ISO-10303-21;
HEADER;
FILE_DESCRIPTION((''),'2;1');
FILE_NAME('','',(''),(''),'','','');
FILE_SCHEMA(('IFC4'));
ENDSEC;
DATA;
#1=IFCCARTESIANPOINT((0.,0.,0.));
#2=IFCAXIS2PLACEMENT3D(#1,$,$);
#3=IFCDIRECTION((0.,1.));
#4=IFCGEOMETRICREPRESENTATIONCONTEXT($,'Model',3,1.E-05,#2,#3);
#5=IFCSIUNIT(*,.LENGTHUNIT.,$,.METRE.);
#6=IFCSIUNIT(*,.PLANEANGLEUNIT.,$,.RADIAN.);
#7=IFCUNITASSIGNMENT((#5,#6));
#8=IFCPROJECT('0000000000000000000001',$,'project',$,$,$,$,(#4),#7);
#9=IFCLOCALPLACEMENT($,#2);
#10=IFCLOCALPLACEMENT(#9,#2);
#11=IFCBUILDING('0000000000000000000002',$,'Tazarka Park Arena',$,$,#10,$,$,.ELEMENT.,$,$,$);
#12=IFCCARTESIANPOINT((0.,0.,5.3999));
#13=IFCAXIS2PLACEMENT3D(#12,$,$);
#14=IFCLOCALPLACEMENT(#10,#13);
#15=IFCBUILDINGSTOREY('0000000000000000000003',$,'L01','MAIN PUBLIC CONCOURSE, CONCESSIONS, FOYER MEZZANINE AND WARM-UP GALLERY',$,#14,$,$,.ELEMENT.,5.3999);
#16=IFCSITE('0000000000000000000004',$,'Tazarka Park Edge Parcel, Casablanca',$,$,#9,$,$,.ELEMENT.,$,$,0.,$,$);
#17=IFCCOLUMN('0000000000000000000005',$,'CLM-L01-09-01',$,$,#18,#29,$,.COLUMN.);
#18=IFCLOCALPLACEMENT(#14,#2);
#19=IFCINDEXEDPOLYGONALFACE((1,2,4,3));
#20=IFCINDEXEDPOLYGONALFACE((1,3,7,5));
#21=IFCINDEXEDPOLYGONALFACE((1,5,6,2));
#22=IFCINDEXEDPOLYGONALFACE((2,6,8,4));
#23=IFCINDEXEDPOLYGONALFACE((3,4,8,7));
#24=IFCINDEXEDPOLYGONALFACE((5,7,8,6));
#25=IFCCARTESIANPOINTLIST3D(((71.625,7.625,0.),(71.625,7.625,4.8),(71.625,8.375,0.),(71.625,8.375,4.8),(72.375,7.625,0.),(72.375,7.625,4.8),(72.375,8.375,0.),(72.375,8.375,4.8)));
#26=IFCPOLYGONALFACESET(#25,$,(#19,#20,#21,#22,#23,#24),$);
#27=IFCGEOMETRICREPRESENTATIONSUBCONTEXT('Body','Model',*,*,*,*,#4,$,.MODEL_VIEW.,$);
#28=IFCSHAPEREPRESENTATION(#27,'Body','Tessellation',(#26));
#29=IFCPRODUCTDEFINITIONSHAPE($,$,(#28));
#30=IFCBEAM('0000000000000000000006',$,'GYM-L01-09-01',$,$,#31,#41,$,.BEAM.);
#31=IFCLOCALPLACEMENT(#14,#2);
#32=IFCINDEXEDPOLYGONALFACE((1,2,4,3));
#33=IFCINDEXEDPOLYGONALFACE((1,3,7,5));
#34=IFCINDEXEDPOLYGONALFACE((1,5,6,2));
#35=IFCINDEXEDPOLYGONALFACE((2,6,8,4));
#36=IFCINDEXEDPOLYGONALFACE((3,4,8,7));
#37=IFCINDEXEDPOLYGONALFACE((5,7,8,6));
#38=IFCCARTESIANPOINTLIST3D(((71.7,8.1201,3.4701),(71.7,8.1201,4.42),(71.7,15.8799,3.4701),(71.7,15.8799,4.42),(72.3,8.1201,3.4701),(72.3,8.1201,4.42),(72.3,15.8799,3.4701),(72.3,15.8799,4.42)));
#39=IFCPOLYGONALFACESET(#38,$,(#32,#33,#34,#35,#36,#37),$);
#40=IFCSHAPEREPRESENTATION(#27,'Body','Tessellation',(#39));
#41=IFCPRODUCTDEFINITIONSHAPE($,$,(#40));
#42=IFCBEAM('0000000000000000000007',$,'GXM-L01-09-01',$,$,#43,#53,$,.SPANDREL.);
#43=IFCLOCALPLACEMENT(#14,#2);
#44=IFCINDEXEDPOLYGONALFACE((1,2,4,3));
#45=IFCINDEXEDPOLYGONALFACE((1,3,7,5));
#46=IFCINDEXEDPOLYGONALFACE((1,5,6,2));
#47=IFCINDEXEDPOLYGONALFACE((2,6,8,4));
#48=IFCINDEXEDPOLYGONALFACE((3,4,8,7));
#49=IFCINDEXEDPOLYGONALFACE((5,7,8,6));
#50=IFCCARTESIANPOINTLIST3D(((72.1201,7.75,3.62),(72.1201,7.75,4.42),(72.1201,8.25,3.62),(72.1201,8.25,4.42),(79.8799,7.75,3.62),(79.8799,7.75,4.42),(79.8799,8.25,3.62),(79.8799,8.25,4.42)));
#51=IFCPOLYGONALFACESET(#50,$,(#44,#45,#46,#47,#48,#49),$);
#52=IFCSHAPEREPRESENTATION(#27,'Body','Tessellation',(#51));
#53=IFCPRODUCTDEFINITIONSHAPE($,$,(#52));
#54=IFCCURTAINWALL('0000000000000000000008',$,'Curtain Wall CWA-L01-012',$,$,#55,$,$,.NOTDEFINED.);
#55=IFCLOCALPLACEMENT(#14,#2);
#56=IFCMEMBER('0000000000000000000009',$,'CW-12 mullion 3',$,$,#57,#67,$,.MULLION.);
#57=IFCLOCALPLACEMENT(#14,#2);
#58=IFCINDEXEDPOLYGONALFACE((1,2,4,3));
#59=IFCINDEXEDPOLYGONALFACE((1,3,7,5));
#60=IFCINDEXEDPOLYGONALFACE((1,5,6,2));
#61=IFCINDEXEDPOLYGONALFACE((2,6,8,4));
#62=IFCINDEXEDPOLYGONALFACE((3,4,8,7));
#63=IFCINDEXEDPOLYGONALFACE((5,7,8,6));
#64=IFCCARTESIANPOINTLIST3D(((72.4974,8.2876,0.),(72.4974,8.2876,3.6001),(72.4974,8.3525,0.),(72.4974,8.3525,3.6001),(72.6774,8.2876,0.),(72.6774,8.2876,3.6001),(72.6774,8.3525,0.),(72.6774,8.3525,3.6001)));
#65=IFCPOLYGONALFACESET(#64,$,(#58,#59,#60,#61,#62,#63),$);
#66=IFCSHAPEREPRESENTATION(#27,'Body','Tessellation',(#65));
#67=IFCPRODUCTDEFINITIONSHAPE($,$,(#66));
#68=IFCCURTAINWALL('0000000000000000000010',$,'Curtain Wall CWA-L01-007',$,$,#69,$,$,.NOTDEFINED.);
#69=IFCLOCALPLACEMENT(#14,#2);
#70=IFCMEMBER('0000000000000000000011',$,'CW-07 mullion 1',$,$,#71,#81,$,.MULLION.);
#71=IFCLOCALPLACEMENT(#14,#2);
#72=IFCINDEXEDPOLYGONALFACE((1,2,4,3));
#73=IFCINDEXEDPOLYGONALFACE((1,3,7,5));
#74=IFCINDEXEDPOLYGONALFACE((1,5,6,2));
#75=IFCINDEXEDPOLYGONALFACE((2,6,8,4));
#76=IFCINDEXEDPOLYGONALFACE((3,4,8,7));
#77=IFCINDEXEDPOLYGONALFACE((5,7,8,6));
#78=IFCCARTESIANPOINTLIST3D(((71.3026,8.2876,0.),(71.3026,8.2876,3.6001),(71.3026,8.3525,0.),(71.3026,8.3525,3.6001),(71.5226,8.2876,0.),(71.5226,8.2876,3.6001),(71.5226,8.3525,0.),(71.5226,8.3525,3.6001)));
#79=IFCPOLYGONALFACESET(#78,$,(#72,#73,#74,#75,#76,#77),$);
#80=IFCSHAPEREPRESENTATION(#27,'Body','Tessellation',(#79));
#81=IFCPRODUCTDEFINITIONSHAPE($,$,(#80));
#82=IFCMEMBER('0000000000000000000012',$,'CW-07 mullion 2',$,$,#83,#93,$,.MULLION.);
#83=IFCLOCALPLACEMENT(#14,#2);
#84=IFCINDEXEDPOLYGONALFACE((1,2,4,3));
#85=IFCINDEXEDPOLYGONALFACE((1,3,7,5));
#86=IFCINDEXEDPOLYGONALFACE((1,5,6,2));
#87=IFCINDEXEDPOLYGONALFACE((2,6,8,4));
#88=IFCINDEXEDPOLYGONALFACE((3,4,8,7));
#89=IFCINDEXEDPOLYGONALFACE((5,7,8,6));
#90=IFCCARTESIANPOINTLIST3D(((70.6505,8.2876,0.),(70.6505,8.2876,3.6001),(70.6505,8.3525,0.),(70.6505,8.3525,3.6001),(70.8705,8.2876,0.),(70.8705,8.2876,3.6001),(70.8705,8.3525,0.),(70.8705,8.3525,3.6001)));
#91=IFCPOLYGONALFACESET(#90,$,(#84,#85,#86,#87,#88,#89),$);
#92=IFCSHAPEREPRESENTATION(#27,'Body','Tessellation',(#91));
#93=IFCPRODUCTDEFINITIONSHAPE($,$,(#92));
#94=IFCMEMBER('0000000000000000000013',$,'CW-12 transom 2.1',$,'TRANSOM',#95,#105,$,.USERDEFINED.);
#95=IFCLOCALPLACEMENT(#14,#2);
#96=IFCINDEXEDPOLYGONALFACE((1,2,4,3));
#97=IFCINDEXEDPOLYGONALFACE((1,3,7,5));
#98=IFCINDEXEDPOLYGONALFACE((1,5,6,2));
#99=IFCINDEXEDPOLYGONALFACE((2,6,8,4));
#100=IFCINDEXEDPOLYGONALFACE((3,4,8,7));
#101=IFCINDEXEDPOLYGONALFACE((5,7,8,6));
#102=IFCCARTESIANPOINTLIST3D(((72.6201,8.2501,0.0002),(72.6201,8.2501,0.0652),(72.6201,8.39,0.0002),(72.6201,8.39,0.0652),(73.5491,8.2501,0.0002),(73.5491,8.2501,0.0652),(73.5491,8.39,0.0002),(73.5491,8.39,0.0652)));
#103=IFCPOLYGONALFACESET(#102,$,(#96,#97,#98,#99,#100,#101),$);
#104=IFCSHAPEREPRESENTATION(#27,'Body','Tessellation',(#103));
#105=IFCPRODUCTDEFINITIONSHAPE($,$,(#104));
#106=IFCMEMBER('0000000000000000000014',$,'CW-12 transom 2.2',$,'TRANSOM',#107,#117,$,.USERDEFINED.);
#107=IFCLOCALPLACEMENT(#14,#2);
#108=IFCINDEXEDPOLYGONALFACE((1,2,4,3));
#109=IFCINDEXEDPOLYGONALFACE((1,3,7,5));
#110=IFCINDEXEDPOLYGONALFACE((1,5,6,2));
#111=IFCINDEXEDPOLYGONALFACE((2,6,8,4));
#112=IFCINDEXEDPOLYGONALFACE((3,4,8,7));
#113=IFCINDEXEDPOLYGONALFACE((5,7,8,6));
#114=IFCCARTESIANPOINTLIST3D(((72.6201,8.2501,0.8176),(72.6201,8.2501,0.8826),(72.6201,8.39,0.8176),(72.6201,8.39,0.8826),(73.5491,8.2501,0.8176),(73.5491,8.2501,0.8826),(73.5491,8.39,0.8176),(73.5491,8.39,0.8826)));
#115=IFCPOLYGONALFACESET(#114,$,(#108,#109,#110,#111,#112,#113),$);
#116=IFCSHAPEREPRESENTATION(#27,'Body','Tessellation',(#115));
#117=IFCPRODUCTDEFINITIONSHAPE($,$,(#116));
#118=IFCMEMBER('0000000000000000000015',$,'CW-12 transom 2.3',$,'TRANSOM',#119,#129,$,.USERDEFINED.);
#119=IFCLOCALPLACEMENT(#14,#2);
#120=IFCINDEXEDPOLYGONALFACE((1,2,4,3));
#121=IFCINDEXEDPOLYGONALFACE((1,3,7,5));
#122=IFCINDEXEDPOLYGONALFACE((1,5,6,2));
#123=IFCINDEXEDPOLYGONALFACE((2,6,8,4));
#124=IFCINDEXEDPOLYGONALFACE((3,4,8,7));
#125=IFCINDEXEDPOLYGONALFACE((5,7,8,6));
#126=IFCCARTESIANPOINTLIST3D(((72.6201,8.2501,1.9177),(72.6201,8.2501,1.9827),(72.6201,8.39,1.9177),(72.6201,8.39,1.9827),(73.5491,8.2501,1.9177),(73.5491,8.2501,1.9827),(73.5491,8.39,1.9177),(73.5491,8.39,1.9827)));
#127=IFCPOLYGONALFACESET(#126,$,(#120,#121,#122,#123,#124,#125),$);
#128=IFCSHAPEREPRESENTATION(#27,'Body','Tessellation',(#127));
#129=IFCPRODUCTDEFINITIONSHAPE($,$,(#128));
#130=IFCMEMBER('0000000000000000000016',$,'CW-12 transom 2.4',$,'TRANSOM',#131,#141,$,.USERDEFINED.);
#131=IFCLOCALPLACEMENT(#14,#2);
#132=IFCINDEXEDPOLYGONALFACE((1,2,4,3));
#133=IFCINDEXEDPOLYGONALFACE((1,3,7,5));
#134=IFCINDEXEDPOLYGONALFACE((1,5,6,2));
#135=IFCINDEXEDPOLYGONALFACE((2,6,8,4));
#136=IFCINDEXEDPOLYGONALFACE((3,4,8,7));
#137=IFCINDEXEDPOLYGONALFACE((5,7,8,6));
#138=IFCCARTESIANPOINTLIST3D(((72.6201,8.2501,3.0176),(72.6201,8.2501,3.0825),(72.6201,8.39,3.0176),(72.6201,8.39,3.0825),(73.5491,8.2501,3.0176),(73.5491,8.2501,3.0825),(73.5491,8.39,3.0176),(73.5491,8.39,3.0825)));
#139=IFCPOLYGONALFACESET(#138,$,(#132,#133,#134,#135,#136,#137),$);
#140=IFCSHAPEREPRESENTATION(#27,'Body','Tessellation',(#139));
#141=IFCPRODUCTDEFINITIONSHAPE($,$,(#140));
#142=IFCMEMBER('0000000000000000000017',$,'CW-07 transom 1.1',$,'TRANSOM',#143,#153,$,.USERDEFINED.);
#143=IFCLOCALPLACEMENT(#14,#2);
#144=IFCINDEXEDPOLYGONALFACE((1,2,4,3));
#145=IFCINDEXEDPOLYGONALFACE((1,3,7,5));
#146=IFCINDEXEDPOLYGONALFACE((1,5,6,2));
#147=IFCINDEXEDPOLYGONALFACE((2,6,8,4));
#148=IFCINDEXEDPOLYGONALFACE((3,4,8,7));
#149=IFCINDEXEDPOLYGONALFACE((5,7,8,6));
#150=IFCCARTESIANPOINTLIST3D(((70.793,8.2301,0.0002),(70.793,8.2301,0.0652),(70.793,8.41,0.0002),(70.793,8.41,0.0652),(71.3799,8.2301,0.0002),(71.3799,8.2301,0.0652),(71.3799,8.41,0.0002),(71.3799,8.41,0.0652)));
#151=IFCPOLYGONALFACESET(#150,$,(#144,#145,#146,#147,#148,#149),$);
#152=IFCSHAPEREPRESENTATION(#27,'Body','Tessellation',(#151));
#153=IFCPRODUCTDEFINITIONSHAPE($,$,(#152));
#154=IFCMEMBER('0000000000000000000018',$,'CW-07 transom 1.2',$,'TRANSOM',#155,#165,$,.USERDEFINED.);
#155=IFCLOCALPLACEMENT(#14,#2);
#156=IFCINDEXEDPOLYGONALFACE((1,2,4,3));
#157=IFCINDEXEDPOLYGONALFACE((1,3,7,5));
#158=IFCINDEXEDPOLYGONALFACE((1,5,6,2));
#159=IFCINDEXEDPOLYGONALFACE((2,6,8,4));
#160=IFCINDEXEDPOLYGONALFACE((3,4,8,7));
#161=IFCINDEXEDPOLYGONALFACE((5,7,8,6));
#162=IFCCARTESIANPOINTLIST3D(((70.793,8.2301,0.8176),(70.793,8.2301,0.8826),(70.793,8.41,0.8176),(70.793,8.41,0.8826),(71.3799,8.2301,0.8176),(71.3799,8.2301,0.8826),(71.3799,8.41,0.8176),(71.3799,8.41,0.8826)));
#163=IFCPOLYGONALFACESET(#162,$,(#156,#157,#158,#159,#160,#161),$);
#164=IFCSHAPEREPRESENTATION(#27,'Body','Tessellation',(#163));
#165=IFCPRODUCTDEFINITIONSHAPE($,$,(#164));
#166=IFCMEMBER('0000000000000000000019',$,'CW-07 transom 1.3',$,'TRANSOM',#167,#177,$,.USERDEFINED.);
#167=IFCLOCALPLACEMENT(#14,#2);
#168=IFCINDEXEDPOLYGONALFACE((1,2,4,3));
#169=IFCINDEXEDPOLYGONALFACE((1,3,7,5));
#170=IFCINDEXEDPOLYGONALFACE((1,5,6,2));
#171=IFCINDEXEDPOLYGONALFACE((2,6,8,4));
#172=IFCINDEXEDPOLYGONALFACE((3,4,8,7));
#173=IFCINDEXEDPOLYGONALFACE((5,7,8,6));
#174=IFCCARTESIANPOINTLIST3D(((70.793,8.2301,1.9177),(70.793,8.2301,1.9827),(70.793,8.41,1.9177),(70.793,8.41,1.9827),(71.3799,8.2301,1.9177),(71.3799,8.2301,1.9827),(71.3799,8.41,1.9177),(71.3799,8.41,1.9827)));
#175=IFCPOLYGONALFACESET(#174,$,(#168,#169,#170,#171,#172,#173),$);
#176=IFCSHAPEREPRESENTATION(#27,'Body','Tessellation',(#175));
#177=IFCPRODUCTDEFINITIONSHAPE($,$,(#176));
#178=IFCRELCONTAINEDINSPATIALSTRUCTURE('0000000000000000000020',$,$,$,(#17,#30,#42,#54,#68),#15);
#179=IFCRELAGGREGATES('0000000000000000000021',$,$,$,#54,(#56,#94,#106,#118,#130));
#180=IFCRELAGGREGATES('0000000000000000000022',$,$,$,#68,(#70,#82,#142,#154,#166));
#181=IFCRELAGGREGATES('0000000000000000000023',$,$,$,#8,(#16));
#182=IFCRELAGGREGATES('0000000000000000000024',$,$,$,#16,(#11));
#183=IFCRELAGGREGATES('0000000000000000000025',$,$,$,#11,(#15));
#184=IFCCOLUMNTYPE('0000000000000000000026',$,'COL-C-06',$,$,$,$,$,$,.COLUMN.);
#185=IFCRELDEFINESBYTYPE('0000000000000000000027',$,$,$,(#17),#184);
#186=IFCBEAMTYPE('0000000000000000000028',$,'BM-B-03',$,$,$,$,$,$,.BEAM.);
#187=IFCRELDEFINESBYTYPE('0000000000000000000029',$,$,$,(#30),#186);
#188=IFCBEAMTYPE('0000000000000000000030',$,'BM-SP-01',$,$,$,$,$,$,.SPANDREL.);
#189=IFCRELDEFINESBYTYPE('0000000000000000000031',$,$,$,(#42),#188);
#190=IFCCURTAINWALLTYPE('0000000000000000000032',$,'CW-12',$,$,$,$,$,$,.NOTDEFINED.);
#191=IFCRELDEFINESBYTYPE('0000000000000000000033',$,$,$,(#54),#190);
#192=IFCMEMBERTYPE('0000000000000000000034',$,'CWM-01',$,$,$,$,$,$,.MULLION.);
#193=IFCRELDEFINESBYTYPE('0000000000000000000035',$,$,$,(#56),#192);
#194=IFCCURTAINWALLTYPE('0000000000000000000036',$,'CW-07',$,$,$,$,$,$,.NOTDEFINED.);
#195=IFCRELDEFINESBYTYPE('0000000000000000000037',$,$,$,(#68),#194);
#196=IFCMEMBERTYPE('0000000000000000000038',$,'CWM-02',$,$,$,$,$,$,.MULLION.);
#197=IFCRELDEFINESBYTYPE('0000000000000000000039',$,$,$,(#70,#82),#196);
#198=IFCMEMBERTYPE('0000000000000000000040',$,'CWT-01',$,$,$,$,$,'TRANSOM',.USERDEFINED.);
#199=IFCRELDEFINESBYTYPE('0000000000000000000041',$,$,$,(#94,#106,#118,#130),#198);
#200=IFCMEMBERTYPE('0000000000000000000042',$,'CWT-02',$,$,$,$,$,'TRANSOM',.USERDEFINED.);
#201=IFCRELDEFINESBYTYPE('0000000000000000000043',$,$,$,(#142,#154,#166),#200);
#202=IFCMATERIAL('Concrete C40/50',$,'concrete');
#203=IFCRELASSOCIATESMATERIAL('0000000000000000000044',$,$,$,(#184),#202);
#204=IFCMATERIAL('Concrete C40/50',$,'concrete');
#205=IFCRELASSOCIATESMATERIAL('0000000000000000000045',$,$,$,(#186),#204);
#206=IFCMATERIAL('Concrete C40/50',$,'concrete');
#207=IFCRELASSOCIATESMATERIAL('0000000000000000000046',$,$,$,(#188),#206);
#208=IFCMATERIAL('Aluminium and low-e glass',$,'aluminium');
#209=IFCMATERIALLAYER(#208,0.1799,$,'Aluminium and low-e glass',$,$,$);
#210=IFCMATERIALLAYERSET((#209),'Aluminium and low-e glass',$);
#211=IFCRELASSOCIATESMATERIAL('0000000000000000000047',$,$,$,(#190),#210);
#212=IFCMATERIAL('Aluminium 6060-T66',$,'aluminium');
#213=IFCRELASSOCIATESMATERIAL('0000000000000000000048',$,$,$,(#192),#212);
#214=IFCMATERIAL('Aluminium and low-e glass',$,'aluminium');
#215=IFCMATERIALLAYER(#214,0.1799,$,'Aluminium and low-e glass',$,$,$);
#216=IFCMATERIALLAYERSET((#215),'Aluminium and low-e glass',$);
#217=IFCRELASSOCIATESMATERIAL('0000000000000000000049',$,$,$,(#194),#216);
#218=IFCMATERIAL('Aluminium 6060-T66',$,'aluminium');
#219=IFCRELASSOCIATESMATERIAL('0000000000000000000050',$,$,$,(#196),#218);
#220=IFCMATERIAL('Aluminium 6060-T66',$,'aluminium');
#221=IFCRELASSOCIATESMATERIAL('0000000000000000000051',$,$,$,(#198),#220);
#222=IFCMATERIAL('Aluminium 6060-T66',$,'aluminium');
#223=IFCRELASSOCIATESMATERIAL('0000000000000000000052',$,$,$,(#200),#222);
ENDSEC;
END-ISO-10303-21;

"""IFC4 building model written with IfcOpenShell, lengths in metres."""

from ifc_helpers import new_model, si_unit, direction, frame, origin, origin_2d, place, context, subcontext, project, spatial, rectangle, extrude, material, layer, layer_set, material_profile, profile_set, type_object, element, aggregate, save


model = new_model("IFC4")

# Units and contexts
model_context = context("Model", 3, precision=1e-05, world=origin(), true_north=direction((0.0, 1.0)))
body_context = subcontext(model_context, "Body", "Model", "MODEL_VIEW")
ifc_project = project(units=[si_unit("LENGTHUNIT", "METRE"), si_unit("PLANEANGLEUNIT", "RADIAN")], contexts=[model_context])

# Site, building, storey
site_placement = place(None, origin())
site = spatial("IfcSite", under=ifc_project, at=site_placement, Name="Tazarka Park Edge Parcel, Casablanca", CompositionType="ELEMENT", RefElevation=0.0)
building_placement = place(site_placement, origin())
building = spatial("IfcBuilding", under=site, at=building_placement, Name="Tazarka Park Arena", CompositionType="ELEMENT")
storey_placement = place(building_placement, frame((0.0, 0.0, 5.3999)))
storey = spatial("IfcBuildingStorey", under=building, at=storey_placement, Name="L01", Description="MAIN PUBLIC CONCOURSE, CONCESSIONS, FOYER MEZZANINE AND WARM-UP GALLERY", CompositionType="ELEMENT", Elevation=5.3999)

# Column
ifc_material_1 = material(Name="Concrete C40/50", Category="concrete")
ifc_material_profile_1 = material_profile(ifc_material_1, rectangle(XDim=0.75, YDim=0.75, at=origin_2d()), Name="Concrete C40/50")
ifc_profile_set_1 = profile_set([ifc_material_profile_1], Name="Concrete C40/50")
column_type = type_object("IfcColumnType", Name="COL-C-06", PredefinedType="COLUMN", material=ifc_profile_set_1)
column_placement = place(storey_placement, frame((72.0, 8.0, 0.0), z_axis=(0.0, 0.0, 1.0), x_axis=(1.0, 0.0, 0.0)))
element("IfcColumn", 1, at=column_placement, inside=storey, type_object=column_type, Name="CLM-L01-09-01", PredefinedType="COLUMN", context=body_context, shape_type="SweptSolid", body=[
    extrude(rectangle(XDim=0.75, YDim=0.75, at=origin_2d()), origin(), (0.0, 0.0, 1.0), 4.8),
])

# Beams
ifc_material_2 = material(Name="Concrete C40/50", Category="concrete")
ifc_material_profile_2 = material_profile(ifc_material_2, rectangle(XDim=0.6001, YDim=0.95, at=origin_2d()), Name="Concrete C40/50")
ifc_profile_set_2 = profile_set([ifc_material_profile_2], Name="Concrete C40/50")
beam_type_1 = type_object("IfcBeamType", Name="BM-B-03", PredefinedType="BEAM", material=ifc_profile_set_2)
beam_1_placement = place(storey_placement, frame((72.0, 8.1201, 3.9451), z_axis=(0.0, 1.0, 0.0), x_axis=(-1.0, 0.0, 0.0)))
element("IfcBeam", 2, at=beam_1_placement, inside=storey, type_object=beam_type_1, Name="GYM-L01-09-01", PredefinedType="BEAM", context=body_context, shape_type="SweptSolid", body=[
    extrude(rectangle(XDim=0.6001, YDim=0.95, at=origin_2d()), origin(), (0.0, 0.0, 1.0), 7.7598),
])
ifc_material_3 = material(Name="Concrete C40/50", Category="concrete")
ifc_material_profile_3 = material_profile(ifc_material_3, rectangle(XDim=0.5, YDim=0.8, at=origin_2d()), Name="Concrete C40/50")
ifc_profile_set_3 = profile_set([ifc_material_profile_3], Name="Concrete C40/50")
beam_type_2 = type_object("IfcBeamType", Name="BM-SP-01", PredefinedType="SPANDREL", material=ifc_profile_set_3)
beam_2_placement = place(storey_placement, frame((72.1201, 8.0, 4.02), z_axis=(1.0, 0.0, 0.0), x_axis=(0.0, 1.0, 0.0)))
element("IfcBeam", 3, at=beam_2_placement, inside=storey, type_object=beam_type_2, Name="GXM-L01-09-01", PredefinedType="SPANDREL", context=body_context, shape_type="SweptSolid", body=[
    extrude(rectangle(XDim=0.5, YDim=0.8, at=origin_2d()), origin(), (0.0, 0.0, 1.0), 7.7598),
])

# Curtain wall, member
ifc_material_4 = material(Name="Aluminium and low-e glass", Category="aluminium")
ifc_layer_1 = layer(ifc_material_4, 0.1799, Name="Aluminium and low-e glass")
ifc_layer_set_1 = layer_set([ifc_layer_1], Name="Aluminium and low-e glass")
curtain_wall_type_1 = type_object("IfcCurtainWallType", Name="CW-12", PredefinedType="NOTDEFINED", material=ifc_layer_set_1)
curtain_wall_1_placement = place(storey_placement, origin())
curtain_wall_1 = element("IfcCurtainWall", 4, at=curtain_wall_1_placement, inside=storey, type_object=curtain_wall_type_1, Name="Curtain Wall CWA-L01-012", PredefinedType="NOTDEFINED")
ifc_material_5 = material(Name="Aluminium 6060-T66", Category="aluminium")
ifc_material_profile_4 = material_profile(ifc_material_5, rectangle(XDim=0.0649, YDim=0.1799, at=origin_2d()), Name="Aluminium 6060-T66")
ifc_profile_set_4 = profile_set([ifc_material_profile_4], Name="Aluminium 6060-T66")
member_type_1 = type_object("IfcMemberType", Name="CWM-01", PredefinedType="MULLION", material=ifc_profile_set_4)
member_1_placement = place(storey_placement, frame((72.5874, 8.3201, 0.0), z_axis=(0.0, 0.0, 1.0), x_axis=(0.0, -1.0, 0.0)))
member_1 = element("IfcMember", 5, at=member_1_placement, type_object=member_type_1, Name="CW-12 mullion 3", PredefinedType="MULLION", context=body_context, shape_type="SweptSolid", body=[
    extrude(rectangle(XDim=0.0649, YDim=0.1799, at=origin_2d()), origin(), (0.0, 0.0, 1.0), 3.6001),
])

# Curtain wall, members
ifc_material_6 = material(Name="Aluminium and low-e glass", Category="aluminium")
ifc_layer_2 = layer(ifc_material_6, 0.1799, Name="Aluminium and low-e glass")
ifc_layer_set_2 = layer_set([ifc_layer_2], Name="Aluminium and low-e glass")
curtain_wall_type_2 = type_object("IfcCurtainWallType", Name="CW-07", PredefinedType="NOTDEFINED", material=ifc_layer_set_2)
curtain_wall_2_placement = place(storey_placement, origin())
curtain_wall_2 = element("IfcCurtainWall", 6, at=curtain_wall_2_placement, inside=storey, type_object=curtain_wall_type_2, Name="Curtain Wall CWA-L01-007", PredefinedType="NOTDEFINED")
ifc_material_7 = material(Name="Aluminium 6060-T66", Category="aluminium")
ifc_material_profile_5 = material_profile(ifc_material_7, rectangle(XDim=0.0649, YDim=0.22, at=origin_2d()), Name="Aluminium 6060-T66")
ifc_profile_set_5 = profile_set([ifc_material_profile_5], Name="Aluminium 6060-T66")
member_type_2 = type_object("IfcMemberType", Name="CWM-02", PredefinedType="MULLION", material=ifc_profile_set_5)
member_2_placement = place(storey_placement, frame((71.4126, 8.3201, 0.0), z_axis=(0.0, 0.0, 1.0), x_axis=(0.0, -1.0, 0.0)))
member_2 = element("IfcMember", 7, at=member_2_placement, type_object=member_type_2, Name="CW-07 mullion 1", PredefinedType="MULLION", context=body_context, shape_type="SweptSolid", body=[
    extrude(rectangle(XDim=0.0649, YDim=0.22, at=origin_2d()), origin(), (0.0, 0.0, 1.0), 3.6001),
])
member_3_placement = place(storey_placement, frame((70.7605, 8.3201, 0.0), z_axis=(0.0, 0.0, 1.0), x_axis=(0.0, -1.0, 0.0)))
member_3 = element("IfcMember", 8, at=member_3_placement, type_object=member_type_2, Name="CW-07 mullion 2", PredefinedType="MULLION", context=body_context, shape_type="SweptSolid", body=[
    extrude(rectangle(XDim=0.0649, YDim=0.22, at=origin_2d()), origin(), (0.0, 0.0, 1.0), 3.6001),
])

# Members
ifc_material_8 = material(Name="Aluminium 6060-T66", Category="aluminium")
ifc_material_profile_6 = material_profile(ifc_material_8, rectangle(XDim=0.1399, YDim=0.0649, at=origin_2d()), Name="Aluminium 6060-T66")
ifc_profile_set_6 = profile_set([ifc_material_profile_6], Name="Aluminium 6060-T66")
member_type_3 = type_object("IfcMemberType", Name="CWT-01", ElementType="TRANSOM", PredefinedType="USERDEFINED", material=ifc_profile_set_6)
member_4_placement = place(storey_placement, frame((73.5491, 8.3201, 0.0327), z_axis=(-1.0, 0.0, 0.0), x_axis=(0.0, -1.0, 0.0)))
member_4 = element("IfcMember", 9, at=member_4_placement, type_object=member_type_3, Name="CW-12 transom 2.1", ObjectType="TRANSOM", PredefinedType="USERDEFINED", context=body_context, shape_type="SweptSolid", body=[
    extrude(rectangle(XDim=0.1399, YDim=0.0649, at=origin_2d()), origin(), (0.0, 0.0, 1.0), 0.929),
])
member_5_placement = place(storey_placement, frame((73.5491, 8.3201, 0.8501), z_axis=(-1.0, 0.0, 0.0), x_axis=(0.0, -1.0, 0.0)))
member_5 = element("IfcMember", 10, at=member_5_placement, type_object=member_type_3, Name="CW-12 transom 2.2", ObjectType="TRANSOM", PredefinedType="USERDEFINED", context=body_context, shape_type="SweptSolid", body=[
    extrude(rectangle(XDim=0.1399, YDim=0.0649, at=origin_2d()), origin(), (0.0, 0.0, 1.0), 0.929),
])
member_6_placement = place(storey_placement, frame((73.5491, 8.3201, 1.9502), z_axis=(-1.0, 0.0, 0.0), x_axis=(0.0, -1.0, 0.0)))
member_6 = element("IfcMember", 11, at=member_6_placement, type_object=member_type_3, Name="CW-12 transom 2.3", ObjectType="TRANSOM", PredefinedType="USERDEFINED", context=body_context, shape_type="SweptSolid", body=[
    extrude(rectangle(XDim=0.1399, YDim=0.0649, at=origin_2d()), origin(), (0.0, 0.0, 1.0), 0.929),
])
member_7_placement = place(storey_placement, frame((73.5491, 8.3201, 3.05), z_axis=(-1.0, 0.0, 0.0), x_axis=(0.0, -1.0, 0.0)))
member_7 = element("IfcMember", 12, at=member_7_placement, type_object=member_type_3, Name="CW-12 transom 2.4", ObjectType="TRANSOM", PredefinedType="USERDEFINED", context=body_context, shape_type="SweptSolid", body=[
    extrude(rectangle(XDim=0.1399, YDim=0.0649, at=origin_2d()), origin(), (0.0, 0.0, 1.0), 0.929),
])
ifc_material_9 = material(Name="Aluminium 6060-T66", Category="aluminium")
ifc_material_profile_7 = material_profile(ifc_material_9, rectangle(XDim=0.1799, YDim=0.0649, at=origin_2d()), Name="Aluminium 6060-T66")
ifc_profile_set_7 = profile_set([ifc_material_profile_7], Name="Aluminium 6060-T66")
member_type_4 = type_object("IfcMemberType", Name="CWT-02", ElementType="TRANSOM", PredefinedType="USERDEFINED", material=ifc_profile_set_7)
member_8_placement = place(storey_placement, frame((71.3799, 8.3201, 0.0327), z_axis=(-1.0, 0.0, 0.0), x_axis=(0.0, -1.0, 0.0)))
member_8 = element("IfcMember", 13, at=member_8_placement, type_object=member_type_4, Name="CW-07 transom 1.1", ObjectType="TRANSOM", PredefinedType="USERDEFINED", context=body_context, shape_type="SweptSolid", body=[
    extrude(rectangle(XDim=0.1799, YDim=0.0649, at=origin_2d()), origin(), (0.0, 0.0, 1.0), 0.5869),
])
member_9_placement = place(storey_placement, frame((71.3799, 8.3201, 0.8501), z_axis=(-1.0, 0.0, 0.0), x_axis=(0.0, -1.0, 0.0)))
member_9 = element("IfcMember", 14, at=member_9_placement, type_object=member_type_4, Name="CW-07 transom 1.2", ObjectType="TRANSOM", PredefinedType="USERDEFINED", context=body_context, shape_type="SweptSolid", body=[
    extrude(rectangle(XDim=0.1799, YDim=0.0649, at=origin_2d()), origin(), (0.0, 0.0, 1.0), 0.5869),
])
member_10_placement = place(storey_placement, frame((71.3799, 8.3201, 1.9502), z_axis=(-1.0, 0.0, 0.0), x_axis=(0.0, -1.0, 0.0)))
member_10 = element("IfcMember", 15, at=member_10_placement, type_object=member_type_4, Name="CW-07 transom 1.3", ObjectType="TRANSOM", PredefinedType="USERDEFINED", context=body_context, shape_type="SweptSolid", body=[
    extrude(rectangle(XDim=0.1799, YDim=0.0649, at=origin_2d()), origin(), (0.0, 0.0, 1.0), 0.5869),
])

aggregate(curtain_wall_1, [member_1, member_4, member_5, member_6, member_7])
aggregate(curtain_wall_2, [member_2, member_3, member_8, member_9, member_10])

save(model, "model.ifc")
